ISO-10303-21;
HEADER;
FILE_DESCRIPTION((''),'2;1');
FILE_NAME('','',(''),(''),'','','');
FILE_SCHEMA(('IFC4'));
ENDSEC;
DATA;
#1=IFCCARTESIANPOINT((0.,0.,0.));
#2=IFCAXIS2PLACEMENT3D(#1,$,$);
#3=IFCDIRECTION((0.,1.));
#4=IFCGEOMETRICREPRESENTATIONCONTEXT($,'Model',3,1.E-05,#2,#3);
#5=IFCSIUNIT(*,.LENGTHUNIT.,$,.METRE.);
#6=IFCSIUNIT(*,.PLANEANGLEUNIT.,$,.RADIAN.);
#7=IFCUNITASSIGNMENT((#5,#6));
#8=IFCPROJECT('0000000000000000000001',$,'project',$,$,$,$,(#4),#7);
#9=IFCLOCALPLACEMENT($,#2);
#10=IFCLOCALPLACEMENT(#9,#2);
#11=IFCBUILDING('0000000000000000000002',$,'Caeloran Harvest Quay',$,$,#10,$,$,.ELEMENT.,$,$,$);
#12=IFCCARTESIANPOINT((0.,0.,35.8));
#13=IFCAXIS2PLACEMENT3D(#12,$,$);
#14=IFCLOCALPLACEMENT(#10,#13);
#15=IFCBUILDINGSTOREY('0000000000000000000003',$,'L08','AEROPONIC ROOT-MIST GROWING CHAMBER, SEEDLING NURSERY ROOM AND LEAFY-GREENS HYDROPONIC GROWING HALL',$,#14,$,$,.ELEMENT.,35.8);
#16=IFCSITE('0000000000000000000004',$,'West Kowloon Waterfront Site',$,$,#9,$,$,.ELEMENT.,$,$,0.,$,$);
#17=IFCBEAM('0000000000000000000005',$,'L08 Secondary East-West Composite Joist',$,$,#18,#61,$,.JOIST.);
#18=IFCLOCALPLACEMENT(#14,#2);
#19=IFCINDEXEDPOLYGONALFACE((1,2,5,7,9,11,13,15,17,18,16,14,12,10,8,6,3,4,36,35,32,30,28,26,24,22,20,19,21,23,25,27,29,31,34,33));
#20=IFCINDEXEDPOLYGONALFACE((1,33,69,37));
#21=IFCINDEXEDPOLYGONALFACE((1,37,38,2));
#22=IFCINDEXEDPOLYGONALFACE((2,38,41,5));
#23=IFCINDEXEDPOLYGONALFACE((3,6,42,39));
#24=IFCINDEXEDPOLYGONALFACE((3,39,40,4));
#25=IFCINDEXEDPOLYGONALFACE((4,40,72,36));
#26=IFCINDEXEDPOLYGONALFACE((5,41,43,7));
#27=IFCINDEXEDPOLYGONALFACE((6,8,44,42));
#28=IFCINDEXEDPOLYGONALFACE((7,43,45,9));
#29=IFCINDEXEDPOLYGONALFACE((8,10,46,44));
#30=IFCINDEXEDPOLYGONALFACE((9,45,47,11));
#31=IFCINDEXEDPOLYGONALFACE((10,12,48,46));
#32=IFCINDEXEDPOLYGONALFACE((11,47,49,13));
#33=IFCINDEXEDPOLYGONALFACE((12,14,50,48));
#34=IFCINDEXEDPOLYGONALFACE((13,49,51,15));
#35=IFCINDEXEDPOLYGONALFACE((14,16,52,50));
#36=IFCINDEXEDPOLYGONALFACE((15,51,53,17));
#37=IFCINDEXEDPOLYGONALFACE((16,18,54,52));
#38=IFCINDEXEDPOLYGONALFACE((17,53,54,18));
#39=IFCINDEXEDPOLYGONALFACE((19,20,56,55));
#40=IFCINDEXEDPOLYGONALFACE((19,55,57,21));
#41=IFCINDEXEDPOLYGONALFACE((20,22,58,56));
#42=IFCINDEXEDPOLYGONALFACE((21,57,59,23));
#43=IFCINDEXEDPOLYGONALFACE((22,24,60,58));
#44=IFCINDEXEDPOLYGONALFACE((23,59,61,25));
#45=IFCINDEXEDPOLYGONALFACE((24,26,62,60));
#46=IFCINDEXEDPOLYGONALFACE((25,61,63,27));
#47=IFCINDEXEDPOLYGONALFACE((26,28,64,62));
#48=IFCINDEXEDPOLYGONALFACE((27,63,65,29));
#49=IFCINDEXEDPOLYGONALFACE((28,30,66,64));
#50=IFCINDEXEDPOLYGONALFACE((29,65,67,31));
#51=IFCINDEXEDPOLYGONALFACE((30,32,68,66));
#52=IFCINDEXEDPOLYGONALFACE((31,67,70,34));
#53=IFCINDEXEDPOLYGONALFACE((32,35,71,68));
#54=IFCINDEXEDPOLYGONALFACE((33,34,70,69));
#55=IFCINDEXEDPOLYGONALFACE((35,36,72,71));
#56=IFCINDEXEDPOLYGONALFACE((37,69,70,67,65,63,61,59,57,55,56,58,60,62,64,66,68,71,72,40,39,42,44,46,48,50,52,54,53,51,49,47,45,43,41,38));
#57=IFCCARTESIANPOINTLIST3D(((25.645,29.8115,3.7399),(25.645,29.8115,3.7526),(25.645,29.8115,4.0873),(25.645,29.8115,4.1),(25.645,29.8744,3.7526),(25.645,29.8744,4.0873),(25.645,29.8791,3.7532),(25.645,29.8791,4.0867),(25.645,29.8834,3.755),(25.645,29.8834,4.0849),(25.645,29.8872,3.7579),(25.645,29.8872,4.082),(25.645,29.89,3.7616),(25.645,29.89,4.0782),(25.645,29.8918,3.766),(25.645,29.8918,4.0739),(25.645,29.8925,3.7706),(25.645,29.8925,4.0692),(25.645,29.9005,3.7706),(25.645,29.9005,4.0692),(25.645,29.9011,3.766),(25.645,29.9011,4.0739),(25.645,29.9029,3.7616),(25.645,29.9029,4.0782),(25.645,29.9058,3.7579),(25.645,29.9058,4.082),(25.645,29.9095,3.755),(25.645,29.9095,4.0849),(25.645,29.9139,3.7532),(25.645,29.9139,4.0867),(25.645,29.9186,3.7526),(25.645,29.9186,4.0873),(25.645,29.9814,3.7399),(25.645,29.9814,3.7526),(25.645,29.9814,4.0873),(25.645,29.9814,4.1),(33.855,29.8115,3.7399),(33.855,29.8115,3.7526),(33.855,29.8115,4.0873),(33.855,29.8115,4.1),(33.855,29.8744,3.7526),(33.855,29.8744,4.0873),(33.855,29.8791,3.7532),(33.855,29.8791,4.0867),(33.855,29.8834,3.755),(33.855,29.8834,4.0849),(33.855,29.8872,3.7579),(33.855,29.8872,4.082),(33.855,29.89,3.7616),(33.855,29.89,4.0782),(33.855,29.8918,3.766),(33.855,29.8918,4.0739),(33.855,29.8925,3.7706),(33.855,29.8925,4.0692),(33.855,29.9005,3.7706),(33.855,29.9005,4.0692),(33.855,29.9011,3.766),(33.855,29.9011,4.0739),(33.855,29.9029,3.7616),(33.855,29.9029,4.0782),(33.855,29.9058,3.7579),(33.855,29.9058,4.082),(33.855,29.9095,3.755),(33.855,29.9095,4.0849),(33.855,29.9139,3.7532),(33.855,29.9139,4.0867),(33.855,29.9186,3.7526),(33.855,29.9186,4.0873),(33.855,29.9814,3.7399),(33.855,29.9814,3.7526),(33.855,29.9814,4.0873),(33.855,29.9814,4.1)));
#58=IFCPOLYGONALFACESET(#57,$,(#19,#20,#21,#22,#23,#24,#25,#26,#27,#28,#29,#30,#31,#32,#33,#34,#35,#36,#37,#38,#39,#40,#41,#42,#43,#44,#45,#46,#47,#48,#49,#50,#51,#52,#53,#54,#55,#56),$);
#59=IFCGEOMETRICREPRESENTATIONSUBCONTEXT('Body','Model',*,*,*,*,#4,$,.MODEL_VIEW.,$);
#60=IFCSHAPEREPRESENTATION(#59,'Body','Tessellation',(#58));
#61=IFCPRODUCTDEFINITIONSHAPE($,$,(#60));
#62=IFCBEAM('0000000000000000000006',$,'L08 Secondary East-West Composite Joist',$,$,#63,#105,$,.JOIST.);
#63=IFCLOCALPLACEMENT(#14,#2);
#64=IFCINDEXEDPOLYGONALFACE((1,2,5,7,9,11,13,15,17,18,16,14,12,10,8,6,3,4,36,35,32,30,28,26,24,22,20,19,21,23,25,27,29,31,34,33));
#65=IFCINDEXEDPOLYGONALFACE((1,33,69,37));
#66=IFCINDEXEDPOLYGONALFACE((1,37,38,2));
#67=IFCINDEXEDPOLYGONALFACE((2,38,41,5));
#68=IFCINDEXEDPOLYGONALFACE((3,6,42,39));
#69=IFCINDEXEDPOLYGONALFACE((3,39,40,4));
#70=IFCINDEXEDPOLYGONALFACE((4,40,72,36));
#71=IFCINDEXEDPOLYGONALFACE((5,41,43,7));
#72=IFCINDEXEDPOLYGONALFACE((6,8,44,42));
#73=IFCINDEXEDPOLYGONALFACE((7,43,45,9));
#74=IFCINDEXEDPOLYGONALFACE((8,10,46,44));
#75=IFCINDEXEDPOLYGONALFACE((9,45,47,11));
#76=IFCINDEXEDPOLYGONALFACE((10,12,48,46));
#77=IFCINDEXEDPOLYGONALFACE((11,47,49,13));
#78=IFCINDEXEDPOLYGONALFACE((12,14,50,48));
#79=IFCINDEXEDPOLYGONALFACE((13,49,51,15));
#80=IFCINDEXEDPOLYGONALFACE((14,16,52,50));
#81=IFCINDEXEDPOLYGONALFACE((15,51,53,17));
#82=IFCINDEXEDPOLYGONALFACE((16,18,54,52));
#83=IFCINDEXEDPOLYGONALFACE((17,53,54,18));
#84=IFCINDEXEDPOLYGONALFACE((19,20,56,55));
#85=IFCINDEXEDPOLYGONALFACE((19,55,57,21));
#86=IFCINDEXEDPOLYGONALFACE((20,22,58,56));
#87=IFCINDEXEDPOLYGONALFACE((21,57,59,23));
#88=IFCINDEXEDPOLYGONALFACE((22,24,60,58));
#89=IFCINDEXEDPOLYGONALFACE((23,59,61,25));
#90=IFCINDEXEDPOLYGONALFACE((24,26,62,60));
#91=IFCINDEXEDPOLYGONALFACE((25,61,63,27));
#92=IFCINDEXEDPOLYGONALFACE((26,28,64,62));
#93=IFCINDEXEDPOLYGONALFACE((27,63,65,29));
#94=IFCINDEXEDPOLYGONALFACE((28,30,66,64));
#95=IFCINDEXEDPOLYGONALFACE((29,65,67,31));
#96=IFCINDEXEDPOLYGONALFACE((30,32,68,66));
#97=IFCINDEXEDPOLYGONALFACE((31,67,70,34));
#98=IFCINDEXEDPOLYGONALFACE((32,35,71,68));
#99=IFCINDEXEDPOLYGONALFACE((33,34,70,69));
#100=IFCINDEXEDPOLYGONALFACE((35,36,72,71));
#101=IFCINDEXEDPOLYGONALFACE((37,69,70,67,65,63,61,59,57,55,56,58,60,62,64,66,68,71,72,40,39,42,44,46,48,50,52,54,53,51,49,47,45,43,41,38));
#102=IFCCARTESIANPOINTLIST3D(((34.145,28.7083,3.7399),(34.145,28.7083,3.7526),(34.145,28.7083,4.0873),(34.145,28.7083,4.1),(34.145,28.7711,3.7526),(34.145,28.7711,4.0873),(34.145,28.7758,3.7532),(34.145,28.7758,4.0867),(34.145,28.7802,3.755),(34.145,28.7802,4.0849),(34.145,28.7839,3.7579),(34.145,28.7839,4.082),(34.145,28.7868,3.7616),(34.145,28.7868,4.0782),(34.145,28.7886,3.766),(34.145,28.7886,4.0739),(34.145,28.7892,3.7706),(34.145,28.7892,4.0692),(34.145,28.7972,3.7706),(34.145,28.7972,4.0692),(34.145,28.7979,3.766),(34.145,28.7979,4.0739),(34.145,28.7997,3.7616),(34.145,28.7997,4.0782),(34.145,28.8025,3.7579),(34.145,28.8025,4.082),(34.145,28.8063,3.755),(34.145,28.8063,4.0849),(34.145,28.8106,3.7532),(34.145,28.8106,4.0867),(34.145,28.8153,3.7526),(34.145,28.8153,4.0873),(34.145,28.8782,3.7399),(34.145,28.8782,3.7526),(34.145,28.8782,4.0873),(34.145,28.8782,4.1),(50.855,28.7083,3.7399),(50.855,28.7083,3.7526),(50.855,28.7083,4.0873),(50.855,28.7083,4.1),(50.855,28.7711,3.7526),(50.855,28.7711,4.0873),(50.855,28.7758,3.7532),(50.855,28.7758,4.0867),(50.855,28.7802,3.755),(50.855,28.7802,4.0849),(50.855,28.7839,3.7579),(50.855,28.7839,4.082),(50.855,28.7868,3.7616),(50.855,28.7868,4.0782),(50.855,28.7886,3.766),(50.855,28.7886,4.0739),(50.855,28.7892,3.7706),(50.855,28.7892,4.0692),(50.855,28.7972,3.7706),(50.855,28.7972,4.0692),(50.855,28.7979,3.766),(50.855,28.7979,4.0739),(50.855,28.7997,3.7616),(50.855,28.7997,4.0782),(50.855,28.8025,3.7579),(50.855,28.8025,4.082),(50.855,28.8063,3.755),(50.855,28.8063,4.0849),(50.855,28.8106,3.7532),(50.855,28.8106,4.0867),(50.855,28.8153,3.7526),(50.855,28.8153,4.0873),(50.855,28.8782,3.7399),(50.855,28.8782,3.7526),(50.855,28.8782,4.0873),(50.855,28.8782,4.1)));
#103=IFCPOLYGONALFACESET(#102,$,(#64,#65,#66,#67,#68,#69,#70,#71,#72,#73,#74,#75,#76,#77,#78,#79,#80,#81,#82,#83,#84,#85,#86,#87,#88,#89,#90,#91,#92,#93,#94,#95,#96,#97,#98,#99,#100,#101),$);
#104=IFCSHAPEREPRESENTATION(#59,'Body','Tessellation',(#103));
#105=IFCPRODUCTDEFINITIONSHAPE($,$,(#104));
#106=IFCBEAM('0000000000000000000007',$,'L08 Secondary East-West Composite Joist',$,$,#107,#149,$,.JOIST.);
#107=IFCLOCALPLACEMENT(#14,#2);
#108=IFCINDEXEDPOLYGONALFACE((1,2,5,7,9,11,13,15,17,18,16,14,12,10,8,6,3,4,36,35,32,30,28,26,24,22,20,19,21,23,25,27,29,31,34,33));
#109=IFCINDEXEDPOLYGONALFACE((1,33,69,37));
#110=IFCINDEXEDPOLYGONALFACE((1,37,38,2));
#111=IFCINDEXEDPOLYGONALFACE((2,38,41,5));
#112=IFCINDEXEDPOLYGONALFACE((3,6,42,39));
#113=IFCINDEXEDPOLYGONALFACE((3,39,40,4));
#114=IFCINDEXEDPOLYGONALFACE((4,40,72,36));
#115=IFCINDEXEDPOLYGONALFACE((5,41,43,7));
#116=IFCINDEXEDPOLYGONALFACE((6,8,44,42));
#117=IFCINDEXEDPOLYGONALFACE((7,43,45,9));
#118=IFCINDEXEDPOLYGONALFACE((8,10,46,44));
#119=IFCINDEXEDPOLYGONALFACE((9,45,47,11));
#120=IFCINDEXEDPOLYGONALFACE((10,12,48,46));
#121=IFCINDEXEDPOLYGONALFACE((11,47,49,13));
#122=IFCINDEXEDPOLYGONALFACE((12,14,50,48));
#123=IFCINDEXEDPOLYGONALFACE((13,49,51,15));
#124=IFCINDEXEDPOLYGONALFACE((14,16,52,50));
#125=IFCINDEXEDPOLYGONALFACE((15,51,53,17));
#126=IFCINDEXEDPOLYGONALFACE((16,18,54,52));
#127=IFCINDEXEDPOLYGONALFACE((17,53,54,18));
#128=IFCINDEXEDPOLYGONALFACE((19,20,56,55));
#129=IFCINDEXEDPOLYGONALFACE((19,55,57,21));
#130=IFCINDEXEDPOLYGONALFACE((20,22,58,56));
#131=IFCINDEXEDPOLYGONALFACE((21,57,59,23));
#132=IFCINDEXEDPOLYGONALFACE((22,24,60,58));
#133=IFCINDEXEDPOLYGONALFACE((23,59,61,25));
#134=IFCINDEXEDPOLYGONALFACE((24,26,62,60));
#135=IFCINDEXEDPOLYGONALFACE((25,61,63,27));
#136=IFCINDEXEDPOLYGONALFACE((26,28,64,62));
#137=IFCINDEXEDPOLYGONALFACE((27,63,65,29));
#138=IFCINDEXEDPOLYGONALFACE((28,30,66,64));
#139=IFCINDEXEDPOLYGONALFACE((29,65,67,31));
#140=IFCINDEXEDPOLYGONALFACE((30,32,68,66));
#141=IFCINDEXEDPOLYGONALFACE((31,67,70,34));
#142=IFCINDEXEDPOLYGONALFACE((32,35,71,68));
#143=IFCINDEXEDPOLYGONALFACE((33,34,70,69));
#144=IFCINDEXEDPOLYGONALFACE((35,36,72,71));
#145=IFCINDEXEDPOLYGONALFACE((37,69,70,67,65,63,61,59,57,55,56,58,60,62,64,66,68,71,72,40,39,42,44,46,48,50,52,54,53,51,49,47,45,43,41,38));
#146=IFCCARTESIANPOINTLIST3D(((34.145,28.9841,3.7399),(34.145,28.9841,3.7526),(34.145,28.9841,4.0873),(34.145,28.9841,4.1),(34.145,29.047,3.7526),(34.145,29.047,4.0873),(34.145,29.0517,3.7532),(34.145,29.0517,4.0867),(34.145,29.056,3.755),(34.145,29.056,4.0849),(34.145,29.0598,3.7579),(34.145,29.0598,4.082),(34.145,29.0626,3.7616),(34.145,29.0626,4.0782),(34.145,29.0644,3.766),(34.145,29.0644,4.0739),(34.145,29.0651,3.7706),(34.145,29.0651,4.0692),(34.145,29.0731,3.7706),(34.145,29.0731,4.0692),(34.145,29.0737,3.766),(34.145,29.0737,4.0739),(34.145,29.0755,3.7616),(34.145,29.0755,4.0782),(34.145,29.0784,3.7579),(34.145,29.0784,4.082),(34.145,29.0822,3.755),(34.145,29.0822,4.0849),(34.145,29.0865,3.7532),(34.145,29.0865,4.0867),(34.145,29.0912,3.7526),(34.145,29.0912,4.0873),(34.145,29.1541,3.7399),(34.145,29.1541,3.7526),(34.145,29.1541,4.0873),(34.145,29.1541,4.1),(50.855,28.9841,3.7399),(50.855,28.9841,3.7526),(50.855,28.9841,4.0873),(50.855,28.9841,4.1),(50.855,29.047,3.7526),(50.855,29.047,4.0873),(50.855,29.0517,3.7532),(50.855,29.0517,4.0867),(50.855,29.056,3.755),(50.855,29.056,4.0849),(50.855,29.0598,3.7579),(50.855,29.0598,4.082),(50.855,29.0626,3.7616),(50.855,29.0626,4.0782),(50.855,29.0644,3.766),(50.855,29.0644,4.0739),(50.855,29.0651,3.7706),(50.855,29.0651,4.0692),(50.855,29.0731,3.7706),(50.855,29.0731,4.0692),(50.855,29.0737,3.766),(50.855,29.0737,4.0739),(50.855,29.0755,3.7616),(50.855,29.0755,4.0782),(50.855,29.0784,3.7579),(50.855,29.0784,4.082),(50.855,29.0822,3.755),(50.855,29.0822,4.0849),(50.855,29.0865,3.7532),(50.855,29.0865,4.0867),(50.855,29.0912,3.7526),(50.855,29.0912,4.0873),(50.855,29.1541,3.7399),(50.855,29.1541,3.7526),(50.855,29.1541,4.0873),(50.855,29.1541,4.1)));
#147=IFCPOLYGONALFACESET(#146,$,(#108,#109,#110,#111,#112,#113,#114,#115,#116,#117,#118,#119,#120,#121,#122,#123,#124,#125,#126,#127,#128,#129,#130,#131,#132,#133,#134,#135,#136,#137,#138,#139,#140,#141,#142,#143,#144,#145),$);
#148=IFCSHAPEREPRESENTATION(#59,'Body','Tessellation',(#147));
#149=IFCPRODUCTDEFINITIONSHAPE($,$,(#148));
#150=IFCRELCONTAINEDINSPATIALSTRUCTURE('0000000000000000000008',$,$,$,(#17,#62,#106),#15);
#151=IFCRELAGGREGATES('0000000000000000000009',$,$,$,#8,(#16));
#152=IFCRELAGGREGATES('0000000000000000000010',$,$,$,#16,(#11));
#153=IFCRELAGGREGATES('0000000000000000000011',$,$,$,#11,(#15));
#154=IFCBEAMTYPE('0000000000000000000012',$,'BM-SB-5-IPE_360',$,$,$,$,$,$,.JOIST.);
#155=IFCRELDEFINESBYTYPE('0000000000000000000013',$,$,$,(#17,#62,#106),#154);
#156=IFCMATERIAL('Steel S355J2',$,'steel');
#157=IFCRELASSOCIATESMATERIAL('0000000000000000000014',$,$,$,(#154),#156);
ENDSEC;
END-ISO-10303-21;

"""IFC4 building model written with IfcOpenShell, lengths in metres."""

from ifc_helpers import new_model, si_unit, direction, frame, origin, origin_2d, place, context, subcontext, project, spatial, i_section, extrude, material, material_profile, profile_set, type_object, element, save


model = new_model("IFC4")

# Units and contexts
model_context = context("Model", 3, precision=1e-05, world=origin(), true_north=direction((0.0, 1.0)))
body_context = subcontext(model_context, "Body", "Model", "MODEL_VIEW")
ifc_project = project(units=[si_unit("LENGTHUNIT", "METRE"), si_unit("PLANEANGLEUNIT", "RADIAN")], contexts=[model_context])

# Site, building, storey
site_placement = place(None, origin())
site = spatial("IfcSite", under=ifc_project, at=site_placement, Name="West Kowloon Waterfront Site", CompositionType="ELEMENT", RefElevation=0.0)
building_placement = place(site_placement, origin())
building = spatial("IfcBuilding", under=site, at=building_placement, Name="Caeloran Harvest Quay", CompositionType="ELEMENT")
storey_placement = place(building_placement, frame((0.0, 0.0, 35.8)))
storey = spatial("IfcBuildingStorey", under=building, at=storey_placement, Name="L08", Description="AEROPONIC ROOT-MIST GROWING CHAMBER, SEEDLING NURSERY ROOM AND LEAFY-GREENS HYDROPONIC GROWING HALL", CompositionType="ELEMENT", Elevation=35.8)

# Beams
ifc_material_1 = material(Name="Steel S355J2", Category="steel")
ifc_material_profile_1 = material_profile(ifc_material_1, i_section(OverallWidth=0.1699, OverallDepth=0.3601, WebThickness=0.0081, FlangeThickness=0.0127, FilletRadius=0.0181, at=origin_2d()), Name="IPE 360")
ifc_profile_set_1 = profile_set([ifc_material_profile_1], Name="Steel S355J2")
beam_type_1 = type_object("IfcBeamType", Name="BM-SB-5-IPE_360", PredefinedType="JOIST", material=ifc_profile_set_1)
for number, where, z_axis, x_axis, name in (
    (1, (25.645, 29.8965, 3.9199), (1.0, 0.0, 0.0), (0.0, 1.0, 0.0), "L08 Secondary East-West Composite Joist"),
):
    element("IfcBeam", number, at=place(storey_placement, frame(where, z_axis=z_axis, x_axis=x_axis)), inside=storey, type_object=beam_type_1, Name=name, PredefinedType="JOIST", context=body_context, shape_type="SweptSolid", body=[
        extrude(i_section(OverallWidth=0.1699, OverallDepth=0.3601, WebThickness=0.0081, FlangeThickness=0.0127, FilletRadius=0.0181, at=origin_2d()), origin(), (0.0, 0.0, 1.0), 8.21),
    ])
for number, where, z_axis, x_axis, name in (
    (2, (34.145, 28.7932, 3.9199), (1.0, 0.0, 0.0), (0.0, 1.0, 0.0), "L08 Secondary East-West Composite Joist"),
    (3, (34.145, 29.0691, 3.9199), (1.0, 0.0, 0.0), (0.0, 1.0, 0.0), "L08 Secondary East-West Composite Joist"),
):
    element("IfcBeam", number, at=place(storey_placement, frame(where, z_axis=z_axis, x_axis=x_axis)), inside=storey, type_object=beam_type_1, Name=name, PredefinedType="JOIST", context=body_context, shape_type="SweptSolid", body=[
        extrude(i_section(OverallWidth=0.1699, OverallDepth=0.3601, WebThickness=0.0081, FlangeThickness=0.0127, FilletRadius=0.0181, at=origin_2d()), origin(), (0.0, 0.0, 1.0), 16.71),
    ])

save(model, "model.ifc")
